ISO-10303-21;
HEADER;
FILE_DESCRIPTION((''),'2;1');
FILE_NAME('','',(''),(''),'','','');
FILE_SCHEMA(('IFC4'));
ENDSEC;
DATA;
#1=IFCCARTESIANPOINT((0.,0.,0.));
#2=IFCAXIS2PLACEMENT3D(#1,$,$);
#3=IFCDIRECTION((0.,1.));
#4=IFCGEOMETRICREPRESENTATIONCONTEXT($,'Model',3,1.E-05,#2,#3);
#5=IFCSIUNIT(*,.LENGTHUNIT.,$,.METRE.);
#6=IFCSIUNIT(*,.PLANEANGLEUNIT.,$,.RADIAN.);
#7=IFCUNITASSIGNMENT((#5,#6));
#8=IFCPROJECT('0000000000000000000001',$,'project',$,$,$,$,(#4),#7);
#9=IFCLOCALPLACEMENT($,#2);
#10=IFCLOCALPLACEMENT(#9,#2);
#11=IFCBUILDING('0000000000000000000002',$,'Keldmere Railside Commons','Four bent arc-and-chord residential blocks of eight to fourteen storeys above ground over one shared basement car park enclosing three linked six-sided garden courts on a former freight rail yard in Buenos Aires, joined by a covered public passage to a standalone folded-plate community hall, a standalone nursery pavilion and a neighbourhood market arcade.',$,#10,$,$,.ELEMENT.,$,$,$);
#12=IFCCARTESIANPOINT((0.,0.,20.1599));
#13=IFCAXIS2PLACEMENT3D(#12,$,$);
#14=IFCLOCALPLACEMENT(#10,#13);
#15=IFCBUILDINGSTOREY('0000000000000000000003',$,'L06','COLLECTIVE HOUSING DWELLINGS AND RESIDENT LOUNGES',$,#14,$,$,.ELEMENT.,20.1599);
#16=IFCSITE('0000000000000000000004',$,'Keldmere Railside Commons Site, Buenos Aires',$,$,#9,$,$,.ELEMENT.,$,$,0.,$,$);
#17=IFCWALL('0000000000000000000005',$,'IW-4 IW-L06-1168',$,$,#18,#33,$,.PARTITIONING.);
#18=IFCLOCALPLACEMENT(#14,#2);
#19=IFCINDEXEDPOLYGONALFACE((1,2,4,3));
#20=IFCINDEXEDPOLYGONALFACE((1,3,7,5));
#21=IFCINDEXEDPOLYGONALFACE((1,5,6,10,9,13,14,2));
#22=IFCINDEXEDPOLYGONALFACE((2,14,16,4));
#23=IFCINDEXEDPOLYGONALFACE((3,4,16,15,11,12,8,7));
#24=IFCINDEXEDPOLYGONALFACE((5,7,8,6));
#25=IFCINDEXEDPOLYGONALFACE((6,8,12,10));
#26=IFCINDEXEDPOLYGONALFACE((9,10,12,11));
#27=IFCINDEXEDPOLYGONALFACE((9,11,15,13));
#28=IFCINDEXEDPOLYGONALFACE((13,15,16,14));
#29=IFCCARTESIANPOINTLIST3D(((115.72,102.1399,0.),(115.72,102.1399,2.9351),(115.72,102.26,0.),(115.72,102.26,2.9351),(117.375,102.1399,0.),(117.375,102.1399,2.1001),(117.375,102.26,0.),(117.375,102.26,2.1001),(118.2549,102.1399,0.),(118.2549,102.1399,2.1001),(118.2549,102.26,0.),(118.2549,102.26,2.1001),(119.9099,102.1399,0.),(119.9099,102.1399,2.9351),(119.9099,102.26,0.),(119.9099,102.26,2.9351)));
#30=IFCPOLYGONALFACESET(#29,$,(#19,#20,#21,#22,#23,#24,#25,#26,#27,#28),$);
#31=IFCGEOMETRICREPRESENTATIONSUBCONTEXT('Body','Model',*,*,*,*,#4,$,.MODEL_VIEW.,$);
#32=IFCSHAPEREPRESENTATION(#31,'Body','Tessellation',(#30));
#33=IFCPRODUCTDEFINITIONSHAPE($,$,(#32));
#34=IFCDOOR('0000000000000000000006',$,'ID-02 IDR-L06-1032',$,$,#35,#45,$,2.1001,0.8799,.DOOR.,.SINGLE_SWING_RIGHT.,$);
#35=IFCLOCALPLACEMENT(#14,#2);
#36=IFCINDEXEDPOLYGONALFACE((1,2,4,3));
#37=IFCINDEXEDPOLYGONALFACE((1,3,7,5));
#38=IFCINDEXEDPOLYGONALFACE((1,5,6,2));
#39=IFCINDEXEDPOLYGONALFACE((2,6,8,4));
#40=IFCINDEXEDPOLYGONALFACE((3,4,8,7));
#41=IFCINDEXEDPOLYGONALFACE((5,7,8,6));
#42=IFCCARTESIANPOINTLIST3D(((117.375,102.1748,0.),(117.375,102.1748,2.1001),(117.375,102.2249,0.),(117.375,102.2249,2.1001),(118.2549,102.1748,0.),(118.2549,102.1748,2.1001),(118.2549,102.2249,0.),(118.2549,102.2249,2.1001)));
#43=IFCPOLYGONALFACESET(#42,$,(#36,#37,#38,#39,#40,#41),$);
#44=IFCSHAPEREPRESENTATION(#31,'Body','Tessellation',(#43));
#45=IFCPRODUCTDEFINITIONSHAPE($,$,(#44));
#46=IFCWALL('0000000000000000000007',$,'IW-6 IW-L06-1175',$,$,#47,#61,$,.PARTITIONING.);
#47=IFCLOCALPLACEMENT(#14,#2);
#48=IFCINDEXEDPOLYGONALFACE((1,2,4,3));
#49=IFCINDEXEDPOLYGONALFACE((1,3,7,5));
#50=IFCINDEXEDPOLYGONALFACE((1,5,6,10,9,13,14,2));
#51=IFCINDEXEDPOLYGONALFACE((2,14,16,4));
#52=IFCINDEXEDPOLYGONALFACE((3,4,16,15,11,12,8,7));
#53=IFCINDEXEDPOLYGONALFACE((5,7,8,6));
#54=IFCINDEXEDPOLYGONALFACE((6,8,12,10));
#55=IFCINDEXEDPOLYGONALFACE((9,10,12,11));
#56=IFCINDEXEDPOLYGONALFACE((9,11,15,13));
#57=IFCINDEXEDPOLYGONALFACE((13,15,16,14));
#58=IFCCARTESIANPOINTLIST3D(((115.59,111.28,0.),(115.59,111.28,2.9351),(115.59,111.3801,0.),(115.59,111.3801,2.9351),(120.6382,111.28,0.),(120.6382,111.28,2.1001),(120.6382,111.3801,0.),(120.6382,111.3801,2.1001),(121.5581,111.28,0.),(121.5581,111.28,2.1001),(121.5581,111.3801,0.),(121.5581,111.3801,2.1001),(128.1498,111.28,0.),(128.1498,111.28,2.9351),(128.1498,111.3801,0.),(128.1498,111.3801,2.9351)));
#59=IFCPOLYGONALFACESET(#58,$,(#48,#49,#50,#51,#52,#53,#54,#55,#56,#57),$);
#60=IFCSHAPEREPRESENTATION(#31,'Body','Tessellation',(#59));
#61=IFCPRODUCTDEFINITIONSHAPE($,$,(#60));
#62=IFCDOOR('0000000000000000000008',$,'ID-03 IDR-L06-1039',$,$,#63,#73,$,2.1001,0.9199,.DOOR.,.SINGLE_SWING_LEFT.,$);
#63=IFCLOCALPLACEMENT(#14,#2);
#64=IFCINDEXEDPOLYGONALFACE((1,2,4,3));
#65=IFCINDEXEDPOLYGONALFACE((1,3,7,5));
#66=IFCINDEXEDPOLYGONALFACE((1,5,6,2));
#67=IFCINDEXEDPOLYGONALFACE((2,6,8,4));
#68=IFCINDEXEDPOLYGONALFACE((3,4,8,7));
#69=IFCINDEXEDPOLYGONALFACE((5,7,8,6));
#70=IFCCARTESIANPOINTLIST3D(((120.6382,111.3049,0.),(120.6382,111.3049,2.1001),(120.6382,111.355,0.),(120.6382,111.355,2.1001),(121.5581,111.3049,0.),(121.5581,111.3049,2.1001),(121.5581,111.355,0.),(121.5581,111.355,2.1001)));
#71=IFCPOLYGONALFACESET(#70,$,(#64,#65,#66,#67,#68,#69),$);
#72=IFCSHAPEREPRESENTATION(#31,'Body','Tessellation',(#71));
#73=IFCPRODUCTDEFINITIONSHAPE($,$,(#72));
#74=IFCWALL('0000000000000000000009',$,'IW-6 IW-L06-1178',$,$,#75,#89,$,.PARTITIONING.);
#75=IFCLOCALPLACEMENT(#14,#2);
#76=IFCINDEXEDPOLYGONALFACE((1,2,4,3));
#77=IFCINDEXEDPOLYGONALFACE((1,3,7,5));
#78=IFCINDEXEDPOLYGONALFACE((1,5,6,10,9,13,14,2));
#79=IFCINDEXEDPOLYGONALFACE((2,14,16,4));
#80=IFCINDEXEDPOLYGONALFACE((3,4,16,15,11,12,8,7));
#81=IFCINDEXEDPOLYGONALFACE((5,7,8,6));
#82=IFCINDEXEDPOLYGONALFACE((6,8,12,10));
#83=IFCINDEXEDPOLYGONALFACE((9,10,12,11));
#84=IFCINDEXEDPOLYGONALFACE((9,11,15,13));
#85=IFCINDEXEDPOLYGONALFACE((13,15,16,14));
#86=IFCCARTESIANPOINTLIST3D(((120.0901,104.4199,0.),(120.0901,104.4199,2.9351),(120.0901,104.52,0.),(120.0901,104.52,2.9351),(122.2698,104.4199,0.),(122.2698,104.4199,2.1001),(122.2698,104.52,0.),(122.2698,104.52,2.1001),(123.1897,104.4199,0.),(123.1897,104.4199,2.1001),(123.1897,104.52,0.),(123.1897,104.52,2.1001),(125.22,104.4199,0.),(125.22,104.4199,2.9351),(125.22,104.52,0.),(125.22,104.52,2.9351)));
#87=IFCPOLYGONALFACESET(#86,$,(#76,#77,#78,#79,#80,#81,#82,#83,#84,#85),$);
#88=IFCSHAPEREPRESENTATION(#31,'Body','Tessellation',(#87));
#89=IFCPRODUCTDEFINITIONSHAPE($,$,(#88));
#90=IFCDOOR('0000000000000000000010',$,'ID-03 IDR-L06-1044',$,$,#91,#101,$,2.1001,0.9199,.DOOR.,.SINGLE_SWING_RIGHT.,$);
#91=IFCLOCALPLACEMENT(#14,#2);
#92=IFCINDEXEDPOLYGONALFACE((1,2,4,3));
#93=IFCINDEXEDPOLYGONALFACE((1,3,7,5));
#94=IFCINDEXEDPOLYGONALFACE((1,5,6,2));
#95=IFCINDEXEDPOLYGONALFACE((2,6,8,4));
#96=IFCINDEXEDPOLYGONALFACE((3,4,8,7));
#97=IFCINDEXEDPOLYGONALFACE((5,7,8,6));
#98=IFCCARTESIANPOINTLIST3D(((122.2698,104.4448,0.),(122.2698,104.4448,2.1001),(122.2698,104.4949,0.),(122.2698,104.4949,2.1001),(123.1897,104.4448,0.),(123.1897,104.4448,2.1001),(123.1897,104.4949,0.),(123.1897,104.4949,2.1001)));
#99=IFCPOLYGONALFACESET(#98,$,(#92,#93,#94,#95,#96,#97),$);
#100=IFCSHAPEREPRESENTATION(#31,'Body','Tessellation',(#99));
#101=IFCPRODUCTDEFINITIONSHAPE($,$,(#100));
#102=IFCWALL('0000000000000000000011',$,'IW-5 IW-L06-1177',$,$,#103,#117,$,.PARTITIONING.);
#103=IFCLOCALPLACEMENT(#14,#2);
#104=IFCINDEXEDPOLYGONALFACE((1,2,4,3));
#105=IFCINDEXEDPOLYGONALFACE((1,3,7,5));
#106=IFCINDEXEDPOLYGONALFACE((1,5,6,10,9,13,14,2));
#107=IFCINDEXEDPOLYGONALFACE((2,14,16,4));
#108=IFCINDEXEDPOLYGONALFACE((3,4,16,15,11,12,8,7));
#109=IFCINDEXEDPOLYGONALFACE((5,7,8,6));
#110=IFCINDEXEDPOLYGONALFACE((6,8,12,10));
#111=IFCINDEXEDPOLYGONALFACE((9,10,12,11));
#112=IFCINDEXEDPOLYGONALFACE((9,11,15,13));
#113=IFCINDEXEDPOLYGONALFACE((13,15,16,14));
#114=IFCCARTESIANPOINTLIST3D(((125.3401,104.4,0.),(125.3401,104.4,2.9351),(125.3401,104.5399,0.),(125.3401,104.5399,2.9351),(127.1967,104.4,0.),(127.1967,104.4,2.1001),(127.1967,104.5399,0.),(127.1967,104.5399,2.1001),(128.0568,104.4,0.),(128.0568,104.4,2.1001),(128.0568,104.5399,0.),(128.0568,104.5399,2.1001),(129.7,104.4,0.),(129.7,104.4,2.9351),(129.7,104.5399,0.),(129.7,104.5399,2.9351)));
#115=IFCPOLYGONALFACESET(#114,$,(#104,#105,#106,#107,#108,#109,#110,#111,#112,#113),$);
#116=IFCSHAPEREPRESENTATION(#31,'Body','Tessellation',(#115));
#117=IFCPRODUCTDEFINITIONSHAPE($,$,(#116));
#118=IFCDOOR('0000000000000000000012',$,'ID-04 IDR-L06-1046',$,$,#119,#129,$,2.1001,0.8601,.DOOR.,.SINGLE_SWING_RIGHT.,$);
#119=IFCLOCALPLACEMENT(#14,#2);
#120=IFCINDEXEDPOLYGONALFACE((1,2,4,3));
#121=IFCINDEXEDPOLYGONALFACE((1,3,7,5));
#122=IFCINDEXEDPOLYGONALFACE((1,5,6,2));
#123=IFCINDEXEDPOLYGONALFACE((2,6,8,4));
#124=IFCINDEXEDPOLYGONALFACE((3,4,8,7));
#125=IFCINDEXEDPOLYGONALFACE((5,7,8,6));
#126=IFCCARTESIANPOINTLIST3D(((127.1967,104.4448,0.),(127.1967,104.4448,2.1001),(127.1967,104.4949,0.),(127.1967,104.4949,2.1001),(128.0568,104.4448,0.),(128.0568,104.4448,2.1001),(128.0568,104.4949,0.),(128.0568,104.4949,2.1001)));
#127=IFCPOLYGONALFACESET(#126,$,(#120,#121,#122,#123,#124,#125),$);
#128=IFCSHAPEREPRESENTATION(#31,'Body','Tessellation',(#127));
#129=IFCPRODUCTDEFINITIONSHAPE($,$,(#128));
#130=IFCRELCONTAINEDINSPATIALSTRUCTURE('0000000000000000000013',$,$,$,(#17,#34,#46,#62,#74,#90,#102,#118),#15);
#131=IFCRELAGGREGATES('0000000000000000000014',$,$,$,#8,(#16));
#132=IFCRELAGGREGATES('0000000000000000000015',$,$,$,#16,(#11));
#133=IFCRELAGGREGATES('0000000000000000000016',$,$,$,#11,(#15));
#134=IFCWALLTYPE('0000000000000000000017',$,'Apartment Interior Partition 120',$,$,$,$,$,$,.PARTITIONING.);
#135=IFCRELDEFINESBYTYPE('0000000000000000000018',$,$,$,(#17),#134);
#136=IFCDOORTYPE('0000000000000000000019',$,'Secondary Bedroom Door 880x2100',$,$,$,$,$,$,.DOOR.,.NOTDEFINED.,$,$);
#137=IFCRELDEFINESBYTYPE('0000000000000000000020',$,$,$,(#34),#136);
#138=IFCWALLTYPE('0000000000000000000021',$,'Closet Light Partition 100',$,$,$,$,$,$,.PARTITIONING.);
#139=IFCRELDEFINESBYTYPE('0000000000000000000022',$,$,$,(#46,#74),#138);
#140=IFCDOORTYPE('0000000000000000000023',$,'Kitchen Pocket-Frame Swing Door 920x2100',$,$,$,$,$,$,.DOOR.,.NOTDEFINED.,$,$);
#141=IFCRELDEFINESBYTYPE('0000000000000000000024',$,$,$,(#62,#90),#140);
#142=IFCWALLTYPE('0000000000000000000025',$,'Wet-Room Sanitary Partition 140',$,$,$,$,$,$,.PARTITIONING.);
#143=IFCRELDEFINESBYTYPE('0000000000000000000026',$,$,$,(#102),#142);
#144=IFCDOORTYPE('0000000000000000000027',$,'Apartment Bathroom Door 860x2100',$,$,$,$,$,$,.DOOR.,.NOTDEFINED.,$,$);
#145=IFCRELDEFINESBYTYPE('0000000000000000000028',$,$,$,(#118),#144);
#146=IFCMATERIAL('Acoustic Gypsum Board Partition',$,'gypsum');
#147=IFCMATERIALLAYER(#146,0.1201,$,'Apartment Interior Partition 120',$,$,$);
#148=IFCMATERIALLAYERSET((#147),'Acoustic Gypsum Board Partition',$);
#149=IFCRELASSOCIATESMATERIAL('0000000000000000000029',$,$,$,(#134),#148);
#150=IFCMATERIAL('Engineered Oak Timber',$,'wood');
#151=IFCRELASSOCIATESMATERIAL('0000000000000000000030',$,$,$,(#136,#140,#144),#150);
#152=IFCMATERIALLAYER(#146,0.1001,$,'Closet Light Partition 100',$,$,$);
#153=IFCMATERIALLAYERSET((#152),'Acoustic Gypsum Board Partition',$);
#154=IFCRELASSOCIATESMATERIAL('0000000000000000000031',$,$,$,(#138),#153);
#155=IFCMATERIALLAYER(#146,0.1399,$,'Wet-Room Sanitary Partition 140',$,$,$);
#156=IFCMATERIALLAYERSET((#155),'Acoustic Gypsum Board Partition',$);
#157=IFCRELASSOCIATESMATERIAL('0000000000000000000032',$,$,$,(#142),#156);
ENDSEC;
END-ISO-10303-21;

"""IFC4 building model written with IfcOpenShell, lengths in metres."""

from ifc_helpers import new_model, si_unit, direction, frame, frame_2d, origin, place, context, subcontext, project, spatial, rectangle, extrude, material, layer, layer_set, type_object, element, fill, save


model = new_model("IFC4")

# Units and contexts
model_context = context("Model", 3, precision=1e-05, world=origin(), true_north=direction((0.0, 1.0)))
body_context = subcontext(model_context, "Body", "Model", "MODEL_VIEW")
ifc_project = project(units=[si_unit("LENGTHUNIT", "METRE"), si_unit("PLANEANGLEUNIT", "RADIAN")], contexts=[model_context])

# Site, building, storey
site_placement = place(None, origin())
site = spatial("IfcSite", under=ifc_project, at=site_placement, Name="Keldmere Railside Commons Site, Buenos Aires", CompositionType="ELEMENT", RefElevation=0.0)
building_placement = place(site_placement, origin())
building = spatial("IfcBuilding", under=site, at=building_placement, Name="Keldmere Railside Commons", Description="Four bent arc-and-chord residential blocks of eight to fourteen storeys above ground over one shared basement car park enclosing three linked six-sided garden courts on a former freight rail yard in Buenos Aires, joined by a covered public passage to a standalone folded-plate community hall, a standalone nursery pavilion and a neighbourhood market arcade.", CompositionType="ELEMENT")
storey_placement = place(building_placement, frame((0.0, 0.0, 20.1599)))
storey = spatial("IfcBuildingStorey", under=building, at=storey_placement, Name="L06", Description="COLLECTIVE HOUSING DWELLINGS AND RESIDENT LOUNGES", CompositionType="ELEMENT", Elevation=20.1599)

# Walls, openings, doors
ifc_material_1 = material(Name="Acoustic Gypsum Board Partition", Category="gypsum")
ifc_layer_1 = layer(ifc_material_1, 0.1201, Name="Apartment Interior Partition 120")
ifc_layer_set_1 = layer_set([ifc_layer_1], Name="Acoustic Gypsum Board Partition")
wall_type_1 = type_object("IfcWallType", Name="Apartment Interior Partition 120", PredefinedType="PARTITIONING", material=ifc_layer_set_1)
wall_1_placement = place(storey_placement, frame((115.72, 102.2, 0.0), z_axis=(0.0, 0.0, 1.0), x_axis=(1.0, 0.0, 0.0)))
wall_1 = element("IfcWall", 1, at=wall_1_placement, inside=storey, type_object=wall_type_1, Name="IW-4 IW-L06-1168", PredefinedType="PARTITIONING", context=body_context, shape_type="SweptSolid", body=[
    extrude(rectangle(XDim=4.1899, YDim=0.1201, at=frame_2d((2.095, 0.0))), origin(), (0.0, 0.0, 1.0), 2.9351),
])
opening_1_placement = place(wall_1_placement, frame((1.655, 0.0, 0.0)))
opening_1 = element("IfcOpeningElement", 2, at=opening_1_placement, cuts=wall_1, PredefinedType="OPENING", context=body_context, shape_type="SweptSolid", body=[
    extrude(rectangle(XDim=0.8799, YDim=2.1001, at=frame_2d((0.4399, 1.05))), frame((0.0, 0.0701, 0.0), z_axis=(0.0, -1.0, 0.0), x_axis=(1.0, 0.0, 0.0)), (0.0, 0.0, 1.0), 0.1401),
])
ifc_material_2 = material(Name="Engineered Oak Timber", Category="wood")
door_type_1 = type_object("IfcDoorType", Name="Secondary Bedroom Door 880x2100", OperationType="NOTDEFINED", PredefinedType="DOOR", material=ifc_material_2)
door_1_placement = place(opening_1_placement, origin())
door_1 = element("IfcDoor", 3, at=door_1_placement, inside=storey, type_object=door_type_1, Name="ID-02 IDR-L06-1032", OperationType="SINGLE_SWING_RIGHT", OverallHeight=2.1001, OverallWidth=0.8799, PredefinedType="DOOR", context=body_context, shape_type="SweptSolid", body=[
    extrude(rectangle(XDim=0.8799, YDim=2.1001, at=frame_2d((0.4399, 1.05))), frame((0.0, 0.0249, 0.0), z_axis=(0.0, -1.0, 0.0), x_axis=(1.0, 0.0, 0.0)), (0.0, 0.0, 1.0), 0.05),
])
fill(opening_1, door_1)
ifc_layer_2 = layer(ifc_material_1, 0.1001, Name="Closet Light Partition 100")
ifc_layer_set_2 = layer_set([ifc_layer_2], Name="Acoustic Gypsum Board Partition")
wall_type_2 = type_object("IfcWallType", Name="Closet Light Partition 100", PredefinedType="PARTITIONING", material=ifc_layer_set_2)
wall_2_placement = place(storey_placement, frame((115.5901, 111.3301, 0.0), z_axis=(0.0, 0.0, 1.0), x_axis=(1.0, 0.0, 0.0)))
wall_2 = element("IfcWall", 4, at=wall_2_placement, inside=storey, type_object=wall_type_2, Name="IW-6 IW-L06-1175", PredefinedType="PARTITIONING", context=body_context, shape_type="SweptSolid", body=[
    extrude(rectangle(XDim=12.5598, YDim=0.1001, at=frame_2d((6.2798, 0.0))), origin(), (0.0, 0.0, 1.0), 2.9351),
])
opening_2_placement = place(wall_2_placement, frame((5.0481, 0.0, 0.0)))
opening_2 = element("IfcOpeningElement", 5, at=opening_2_placement, cuts=wall_2, PredefinedType="OPENING", context=body_context, shape_type="SweptSolid", body=[
    extrude(rectangle(XDim=0.9199, YDim=2.1001, at=frame_2d((0.46, 1.05))), frame((0.0, 0.0601, 0.0), z_axis=(0.0, -1.0, 0.0), x_axis=(1.0, 0.0, 0.0)), (0.0, 0.0, 1.0), 0.1201),
])
door_type_2 = type_object("IfcDoorType", Name="Kitchen Pocket-Frame Swing Door 920x2100", OperationType="NOTDEFINED", PredefinedType="DOOR", material=ifc_material_2)
door_2_placement = place(opening_2_placement, origin())
door_2 = element("IfcDoor", 6, at=door_2_placement, inside=storey, type_object=door_type_2, Name="ID-03 IDR-L06-1039", OperationType="SINGLE_SWING_LEFT", OverallHeight=2.1001, OverallWidth=0.9199, PredefinedType="DOOR", context=body_context, shape_type="SweptSolid", body=[
    extrude(rectangle(XDim=0.9199, YDim=2.1001, at=frame_2d((0.46, 1.05))), frame((0.0, 0.0249, 0.0), z_axis=(0.0, -1.0, 0.0), x_axis=(1.0, 0.0, 0.0)), (0.0, 0.0, 1.0), 0.05),
])
fill(opening_2, door_2)
wall_3_placement = place(storey_placement, frame((120.0901, 104.47, 0.0), z_axis=(0.0, 0.0, 1.0), x_axis=(1.0, 0.0, 0.0)))
wall_3 = element("IfcWall", 7, at=wall_3_placement, inside=storey, type_object=wall_type_2, Name="IW-6 IW-L06-1178", PredefinedType="PARTITIONING", context=body_context, shape_type="SweptSolid", body=[
    extrude(rectangle(XDim=5.1299, YDim=0.1001, at=frame_2d((2.5649, 0.0))), origin(), (0.0, 0.0, 1.0), 2.9351),
])
opening_3_placement = place(wall_3_placement, frame((2.1797, 0.0, 0.0)))
opening_3 = element("IfcOpeningElement", 8, at=opening_3_placement, cuts=wall_3, PredefinedType="OPENING", context=body_context, shape_type="SweptSolid", body=[
    extrude(rectangle(XDim=0.9199, YDim=2.1001, at=frame_2d((0.46, 1.05))), frame((0.0, 0.0601, 0.0), z_axis=(0.0, -1.0, 0.0), x_axis=(1.0, 0.0, 0.0)), (0.0, 0.0, 1.0), 0.1201),
])
door_3_placement = place(opening_3_placement, origin())
door_3 = element("IfcDoor", 9, at=door_3_placement, inside=storey, type_object=door_type_2, Name="ID-03 IDR-L06-1044", OperationType="SINGLE_SWING_RIGHT", OverallHeight=2.1001, OverallWidth=0.9199, PredefinedType="DOOR", context=body_context, shape_type="SweptSolid", body=[
    extrude(rectangle(XDim=0.9199, YDim=2.1001, at=frame_2d((0.46, 1.05))), frame((0.0, 0.0249, 0.0), z_axis=(0.0, -1.0, 0.0), x_axis=(1.0, 0.0, 0.0)), (0.0, 0.0, 1.0), 0.05),
])
fill(opening_3, door_3)
ifc_layer_3 = layer(ifc_material_1, 0.1399, Name="Wet-Room Sanitary Partition 140")
ifc_layer_set_3 = layer_set([ifc_layer_3], Name="Acoustic Gypsum Board Partition")
wall_type_3 = type_object("IfcWallType", Name="Wet-Room Sanitary Partition 140", PredefinedType="PARTITIONING", material=ifc_layer_set_3)
wall_4_placement = place(storey_placement, frame((125.3401, 104.47, 0.0), z_axis=(0.0, 0.0, 1.0), x_axis=(1.0, 0.0, 0.0)))
wall_4 = element("IfcWall", 10, at=wall_4_placement, inside=storey, type_object=wall_type_3, Name="IW-5 IW-L06-1177", PredefinedType="PARTITIONING", context=body_context, shape_type="SweptSolid", body=[
    extrude(rectangle(XDim=4.3599, YDim=0.1399, at=frame_2d((2.1799, 0.0))), origin(), (0.0, 0.0, 1.0), 2.9351),
])
opening_4_placement = place(wall_4_placement, frame((1.8564, 0.0, 0.0)))
opening_4 = element("IfcOpeningElement", 11, at=opening_4_placement, cuts=wall_4, PredefinedType="OPENING", context=body_context, shape_type="SweptSolid", body=[
    extrude(rectangle(XDim=0.8601, YDim=2.1001, at=frame_2d((0.4302, 1.05))), frame((0.0, 0.0798, 0.0), z_axis=(0.0, -1.0, 0.0), x_axis=(1.0, 0.0, 0.0)), (0.0, 0.0, 1.0), 0.1599),
])
door_type_3 = type_object("IfcDoorType", Name="Apartment Bathroom Door 860x2100", OperationType="NOTDEFINED", PredefinedType="DOOR", material=ifc_material_2)
door_4_placement = place(opening_4_placement, origin())
door_4 = element("IfcDoor", 12, at=door_4_placement, inside=storey, type_object=door_type_3, Name="ID-04 IDR-L06-1046", OperationType="SINGLE_SWING_RIGHT", OverallHeight=2.1001, OverallWidth=0.8601, PredefinedType="DOOR", context=body_context, shape_type="SweptSolid", body=[
    extrude(rectangle(XDim=0.8601, YDim=2.1001, at=frame_2d((0.4302, 1.05))), frame((0.0, 0.0249, 0.0), z_axis=(0.0, -1.0, 0.0), x_axis=(1.0, 0.0, 0.0)), (0.0, 0.0, 1.0), 0.05),
])
fill(opening_4, door_4)

save(model, "model.ifc")
